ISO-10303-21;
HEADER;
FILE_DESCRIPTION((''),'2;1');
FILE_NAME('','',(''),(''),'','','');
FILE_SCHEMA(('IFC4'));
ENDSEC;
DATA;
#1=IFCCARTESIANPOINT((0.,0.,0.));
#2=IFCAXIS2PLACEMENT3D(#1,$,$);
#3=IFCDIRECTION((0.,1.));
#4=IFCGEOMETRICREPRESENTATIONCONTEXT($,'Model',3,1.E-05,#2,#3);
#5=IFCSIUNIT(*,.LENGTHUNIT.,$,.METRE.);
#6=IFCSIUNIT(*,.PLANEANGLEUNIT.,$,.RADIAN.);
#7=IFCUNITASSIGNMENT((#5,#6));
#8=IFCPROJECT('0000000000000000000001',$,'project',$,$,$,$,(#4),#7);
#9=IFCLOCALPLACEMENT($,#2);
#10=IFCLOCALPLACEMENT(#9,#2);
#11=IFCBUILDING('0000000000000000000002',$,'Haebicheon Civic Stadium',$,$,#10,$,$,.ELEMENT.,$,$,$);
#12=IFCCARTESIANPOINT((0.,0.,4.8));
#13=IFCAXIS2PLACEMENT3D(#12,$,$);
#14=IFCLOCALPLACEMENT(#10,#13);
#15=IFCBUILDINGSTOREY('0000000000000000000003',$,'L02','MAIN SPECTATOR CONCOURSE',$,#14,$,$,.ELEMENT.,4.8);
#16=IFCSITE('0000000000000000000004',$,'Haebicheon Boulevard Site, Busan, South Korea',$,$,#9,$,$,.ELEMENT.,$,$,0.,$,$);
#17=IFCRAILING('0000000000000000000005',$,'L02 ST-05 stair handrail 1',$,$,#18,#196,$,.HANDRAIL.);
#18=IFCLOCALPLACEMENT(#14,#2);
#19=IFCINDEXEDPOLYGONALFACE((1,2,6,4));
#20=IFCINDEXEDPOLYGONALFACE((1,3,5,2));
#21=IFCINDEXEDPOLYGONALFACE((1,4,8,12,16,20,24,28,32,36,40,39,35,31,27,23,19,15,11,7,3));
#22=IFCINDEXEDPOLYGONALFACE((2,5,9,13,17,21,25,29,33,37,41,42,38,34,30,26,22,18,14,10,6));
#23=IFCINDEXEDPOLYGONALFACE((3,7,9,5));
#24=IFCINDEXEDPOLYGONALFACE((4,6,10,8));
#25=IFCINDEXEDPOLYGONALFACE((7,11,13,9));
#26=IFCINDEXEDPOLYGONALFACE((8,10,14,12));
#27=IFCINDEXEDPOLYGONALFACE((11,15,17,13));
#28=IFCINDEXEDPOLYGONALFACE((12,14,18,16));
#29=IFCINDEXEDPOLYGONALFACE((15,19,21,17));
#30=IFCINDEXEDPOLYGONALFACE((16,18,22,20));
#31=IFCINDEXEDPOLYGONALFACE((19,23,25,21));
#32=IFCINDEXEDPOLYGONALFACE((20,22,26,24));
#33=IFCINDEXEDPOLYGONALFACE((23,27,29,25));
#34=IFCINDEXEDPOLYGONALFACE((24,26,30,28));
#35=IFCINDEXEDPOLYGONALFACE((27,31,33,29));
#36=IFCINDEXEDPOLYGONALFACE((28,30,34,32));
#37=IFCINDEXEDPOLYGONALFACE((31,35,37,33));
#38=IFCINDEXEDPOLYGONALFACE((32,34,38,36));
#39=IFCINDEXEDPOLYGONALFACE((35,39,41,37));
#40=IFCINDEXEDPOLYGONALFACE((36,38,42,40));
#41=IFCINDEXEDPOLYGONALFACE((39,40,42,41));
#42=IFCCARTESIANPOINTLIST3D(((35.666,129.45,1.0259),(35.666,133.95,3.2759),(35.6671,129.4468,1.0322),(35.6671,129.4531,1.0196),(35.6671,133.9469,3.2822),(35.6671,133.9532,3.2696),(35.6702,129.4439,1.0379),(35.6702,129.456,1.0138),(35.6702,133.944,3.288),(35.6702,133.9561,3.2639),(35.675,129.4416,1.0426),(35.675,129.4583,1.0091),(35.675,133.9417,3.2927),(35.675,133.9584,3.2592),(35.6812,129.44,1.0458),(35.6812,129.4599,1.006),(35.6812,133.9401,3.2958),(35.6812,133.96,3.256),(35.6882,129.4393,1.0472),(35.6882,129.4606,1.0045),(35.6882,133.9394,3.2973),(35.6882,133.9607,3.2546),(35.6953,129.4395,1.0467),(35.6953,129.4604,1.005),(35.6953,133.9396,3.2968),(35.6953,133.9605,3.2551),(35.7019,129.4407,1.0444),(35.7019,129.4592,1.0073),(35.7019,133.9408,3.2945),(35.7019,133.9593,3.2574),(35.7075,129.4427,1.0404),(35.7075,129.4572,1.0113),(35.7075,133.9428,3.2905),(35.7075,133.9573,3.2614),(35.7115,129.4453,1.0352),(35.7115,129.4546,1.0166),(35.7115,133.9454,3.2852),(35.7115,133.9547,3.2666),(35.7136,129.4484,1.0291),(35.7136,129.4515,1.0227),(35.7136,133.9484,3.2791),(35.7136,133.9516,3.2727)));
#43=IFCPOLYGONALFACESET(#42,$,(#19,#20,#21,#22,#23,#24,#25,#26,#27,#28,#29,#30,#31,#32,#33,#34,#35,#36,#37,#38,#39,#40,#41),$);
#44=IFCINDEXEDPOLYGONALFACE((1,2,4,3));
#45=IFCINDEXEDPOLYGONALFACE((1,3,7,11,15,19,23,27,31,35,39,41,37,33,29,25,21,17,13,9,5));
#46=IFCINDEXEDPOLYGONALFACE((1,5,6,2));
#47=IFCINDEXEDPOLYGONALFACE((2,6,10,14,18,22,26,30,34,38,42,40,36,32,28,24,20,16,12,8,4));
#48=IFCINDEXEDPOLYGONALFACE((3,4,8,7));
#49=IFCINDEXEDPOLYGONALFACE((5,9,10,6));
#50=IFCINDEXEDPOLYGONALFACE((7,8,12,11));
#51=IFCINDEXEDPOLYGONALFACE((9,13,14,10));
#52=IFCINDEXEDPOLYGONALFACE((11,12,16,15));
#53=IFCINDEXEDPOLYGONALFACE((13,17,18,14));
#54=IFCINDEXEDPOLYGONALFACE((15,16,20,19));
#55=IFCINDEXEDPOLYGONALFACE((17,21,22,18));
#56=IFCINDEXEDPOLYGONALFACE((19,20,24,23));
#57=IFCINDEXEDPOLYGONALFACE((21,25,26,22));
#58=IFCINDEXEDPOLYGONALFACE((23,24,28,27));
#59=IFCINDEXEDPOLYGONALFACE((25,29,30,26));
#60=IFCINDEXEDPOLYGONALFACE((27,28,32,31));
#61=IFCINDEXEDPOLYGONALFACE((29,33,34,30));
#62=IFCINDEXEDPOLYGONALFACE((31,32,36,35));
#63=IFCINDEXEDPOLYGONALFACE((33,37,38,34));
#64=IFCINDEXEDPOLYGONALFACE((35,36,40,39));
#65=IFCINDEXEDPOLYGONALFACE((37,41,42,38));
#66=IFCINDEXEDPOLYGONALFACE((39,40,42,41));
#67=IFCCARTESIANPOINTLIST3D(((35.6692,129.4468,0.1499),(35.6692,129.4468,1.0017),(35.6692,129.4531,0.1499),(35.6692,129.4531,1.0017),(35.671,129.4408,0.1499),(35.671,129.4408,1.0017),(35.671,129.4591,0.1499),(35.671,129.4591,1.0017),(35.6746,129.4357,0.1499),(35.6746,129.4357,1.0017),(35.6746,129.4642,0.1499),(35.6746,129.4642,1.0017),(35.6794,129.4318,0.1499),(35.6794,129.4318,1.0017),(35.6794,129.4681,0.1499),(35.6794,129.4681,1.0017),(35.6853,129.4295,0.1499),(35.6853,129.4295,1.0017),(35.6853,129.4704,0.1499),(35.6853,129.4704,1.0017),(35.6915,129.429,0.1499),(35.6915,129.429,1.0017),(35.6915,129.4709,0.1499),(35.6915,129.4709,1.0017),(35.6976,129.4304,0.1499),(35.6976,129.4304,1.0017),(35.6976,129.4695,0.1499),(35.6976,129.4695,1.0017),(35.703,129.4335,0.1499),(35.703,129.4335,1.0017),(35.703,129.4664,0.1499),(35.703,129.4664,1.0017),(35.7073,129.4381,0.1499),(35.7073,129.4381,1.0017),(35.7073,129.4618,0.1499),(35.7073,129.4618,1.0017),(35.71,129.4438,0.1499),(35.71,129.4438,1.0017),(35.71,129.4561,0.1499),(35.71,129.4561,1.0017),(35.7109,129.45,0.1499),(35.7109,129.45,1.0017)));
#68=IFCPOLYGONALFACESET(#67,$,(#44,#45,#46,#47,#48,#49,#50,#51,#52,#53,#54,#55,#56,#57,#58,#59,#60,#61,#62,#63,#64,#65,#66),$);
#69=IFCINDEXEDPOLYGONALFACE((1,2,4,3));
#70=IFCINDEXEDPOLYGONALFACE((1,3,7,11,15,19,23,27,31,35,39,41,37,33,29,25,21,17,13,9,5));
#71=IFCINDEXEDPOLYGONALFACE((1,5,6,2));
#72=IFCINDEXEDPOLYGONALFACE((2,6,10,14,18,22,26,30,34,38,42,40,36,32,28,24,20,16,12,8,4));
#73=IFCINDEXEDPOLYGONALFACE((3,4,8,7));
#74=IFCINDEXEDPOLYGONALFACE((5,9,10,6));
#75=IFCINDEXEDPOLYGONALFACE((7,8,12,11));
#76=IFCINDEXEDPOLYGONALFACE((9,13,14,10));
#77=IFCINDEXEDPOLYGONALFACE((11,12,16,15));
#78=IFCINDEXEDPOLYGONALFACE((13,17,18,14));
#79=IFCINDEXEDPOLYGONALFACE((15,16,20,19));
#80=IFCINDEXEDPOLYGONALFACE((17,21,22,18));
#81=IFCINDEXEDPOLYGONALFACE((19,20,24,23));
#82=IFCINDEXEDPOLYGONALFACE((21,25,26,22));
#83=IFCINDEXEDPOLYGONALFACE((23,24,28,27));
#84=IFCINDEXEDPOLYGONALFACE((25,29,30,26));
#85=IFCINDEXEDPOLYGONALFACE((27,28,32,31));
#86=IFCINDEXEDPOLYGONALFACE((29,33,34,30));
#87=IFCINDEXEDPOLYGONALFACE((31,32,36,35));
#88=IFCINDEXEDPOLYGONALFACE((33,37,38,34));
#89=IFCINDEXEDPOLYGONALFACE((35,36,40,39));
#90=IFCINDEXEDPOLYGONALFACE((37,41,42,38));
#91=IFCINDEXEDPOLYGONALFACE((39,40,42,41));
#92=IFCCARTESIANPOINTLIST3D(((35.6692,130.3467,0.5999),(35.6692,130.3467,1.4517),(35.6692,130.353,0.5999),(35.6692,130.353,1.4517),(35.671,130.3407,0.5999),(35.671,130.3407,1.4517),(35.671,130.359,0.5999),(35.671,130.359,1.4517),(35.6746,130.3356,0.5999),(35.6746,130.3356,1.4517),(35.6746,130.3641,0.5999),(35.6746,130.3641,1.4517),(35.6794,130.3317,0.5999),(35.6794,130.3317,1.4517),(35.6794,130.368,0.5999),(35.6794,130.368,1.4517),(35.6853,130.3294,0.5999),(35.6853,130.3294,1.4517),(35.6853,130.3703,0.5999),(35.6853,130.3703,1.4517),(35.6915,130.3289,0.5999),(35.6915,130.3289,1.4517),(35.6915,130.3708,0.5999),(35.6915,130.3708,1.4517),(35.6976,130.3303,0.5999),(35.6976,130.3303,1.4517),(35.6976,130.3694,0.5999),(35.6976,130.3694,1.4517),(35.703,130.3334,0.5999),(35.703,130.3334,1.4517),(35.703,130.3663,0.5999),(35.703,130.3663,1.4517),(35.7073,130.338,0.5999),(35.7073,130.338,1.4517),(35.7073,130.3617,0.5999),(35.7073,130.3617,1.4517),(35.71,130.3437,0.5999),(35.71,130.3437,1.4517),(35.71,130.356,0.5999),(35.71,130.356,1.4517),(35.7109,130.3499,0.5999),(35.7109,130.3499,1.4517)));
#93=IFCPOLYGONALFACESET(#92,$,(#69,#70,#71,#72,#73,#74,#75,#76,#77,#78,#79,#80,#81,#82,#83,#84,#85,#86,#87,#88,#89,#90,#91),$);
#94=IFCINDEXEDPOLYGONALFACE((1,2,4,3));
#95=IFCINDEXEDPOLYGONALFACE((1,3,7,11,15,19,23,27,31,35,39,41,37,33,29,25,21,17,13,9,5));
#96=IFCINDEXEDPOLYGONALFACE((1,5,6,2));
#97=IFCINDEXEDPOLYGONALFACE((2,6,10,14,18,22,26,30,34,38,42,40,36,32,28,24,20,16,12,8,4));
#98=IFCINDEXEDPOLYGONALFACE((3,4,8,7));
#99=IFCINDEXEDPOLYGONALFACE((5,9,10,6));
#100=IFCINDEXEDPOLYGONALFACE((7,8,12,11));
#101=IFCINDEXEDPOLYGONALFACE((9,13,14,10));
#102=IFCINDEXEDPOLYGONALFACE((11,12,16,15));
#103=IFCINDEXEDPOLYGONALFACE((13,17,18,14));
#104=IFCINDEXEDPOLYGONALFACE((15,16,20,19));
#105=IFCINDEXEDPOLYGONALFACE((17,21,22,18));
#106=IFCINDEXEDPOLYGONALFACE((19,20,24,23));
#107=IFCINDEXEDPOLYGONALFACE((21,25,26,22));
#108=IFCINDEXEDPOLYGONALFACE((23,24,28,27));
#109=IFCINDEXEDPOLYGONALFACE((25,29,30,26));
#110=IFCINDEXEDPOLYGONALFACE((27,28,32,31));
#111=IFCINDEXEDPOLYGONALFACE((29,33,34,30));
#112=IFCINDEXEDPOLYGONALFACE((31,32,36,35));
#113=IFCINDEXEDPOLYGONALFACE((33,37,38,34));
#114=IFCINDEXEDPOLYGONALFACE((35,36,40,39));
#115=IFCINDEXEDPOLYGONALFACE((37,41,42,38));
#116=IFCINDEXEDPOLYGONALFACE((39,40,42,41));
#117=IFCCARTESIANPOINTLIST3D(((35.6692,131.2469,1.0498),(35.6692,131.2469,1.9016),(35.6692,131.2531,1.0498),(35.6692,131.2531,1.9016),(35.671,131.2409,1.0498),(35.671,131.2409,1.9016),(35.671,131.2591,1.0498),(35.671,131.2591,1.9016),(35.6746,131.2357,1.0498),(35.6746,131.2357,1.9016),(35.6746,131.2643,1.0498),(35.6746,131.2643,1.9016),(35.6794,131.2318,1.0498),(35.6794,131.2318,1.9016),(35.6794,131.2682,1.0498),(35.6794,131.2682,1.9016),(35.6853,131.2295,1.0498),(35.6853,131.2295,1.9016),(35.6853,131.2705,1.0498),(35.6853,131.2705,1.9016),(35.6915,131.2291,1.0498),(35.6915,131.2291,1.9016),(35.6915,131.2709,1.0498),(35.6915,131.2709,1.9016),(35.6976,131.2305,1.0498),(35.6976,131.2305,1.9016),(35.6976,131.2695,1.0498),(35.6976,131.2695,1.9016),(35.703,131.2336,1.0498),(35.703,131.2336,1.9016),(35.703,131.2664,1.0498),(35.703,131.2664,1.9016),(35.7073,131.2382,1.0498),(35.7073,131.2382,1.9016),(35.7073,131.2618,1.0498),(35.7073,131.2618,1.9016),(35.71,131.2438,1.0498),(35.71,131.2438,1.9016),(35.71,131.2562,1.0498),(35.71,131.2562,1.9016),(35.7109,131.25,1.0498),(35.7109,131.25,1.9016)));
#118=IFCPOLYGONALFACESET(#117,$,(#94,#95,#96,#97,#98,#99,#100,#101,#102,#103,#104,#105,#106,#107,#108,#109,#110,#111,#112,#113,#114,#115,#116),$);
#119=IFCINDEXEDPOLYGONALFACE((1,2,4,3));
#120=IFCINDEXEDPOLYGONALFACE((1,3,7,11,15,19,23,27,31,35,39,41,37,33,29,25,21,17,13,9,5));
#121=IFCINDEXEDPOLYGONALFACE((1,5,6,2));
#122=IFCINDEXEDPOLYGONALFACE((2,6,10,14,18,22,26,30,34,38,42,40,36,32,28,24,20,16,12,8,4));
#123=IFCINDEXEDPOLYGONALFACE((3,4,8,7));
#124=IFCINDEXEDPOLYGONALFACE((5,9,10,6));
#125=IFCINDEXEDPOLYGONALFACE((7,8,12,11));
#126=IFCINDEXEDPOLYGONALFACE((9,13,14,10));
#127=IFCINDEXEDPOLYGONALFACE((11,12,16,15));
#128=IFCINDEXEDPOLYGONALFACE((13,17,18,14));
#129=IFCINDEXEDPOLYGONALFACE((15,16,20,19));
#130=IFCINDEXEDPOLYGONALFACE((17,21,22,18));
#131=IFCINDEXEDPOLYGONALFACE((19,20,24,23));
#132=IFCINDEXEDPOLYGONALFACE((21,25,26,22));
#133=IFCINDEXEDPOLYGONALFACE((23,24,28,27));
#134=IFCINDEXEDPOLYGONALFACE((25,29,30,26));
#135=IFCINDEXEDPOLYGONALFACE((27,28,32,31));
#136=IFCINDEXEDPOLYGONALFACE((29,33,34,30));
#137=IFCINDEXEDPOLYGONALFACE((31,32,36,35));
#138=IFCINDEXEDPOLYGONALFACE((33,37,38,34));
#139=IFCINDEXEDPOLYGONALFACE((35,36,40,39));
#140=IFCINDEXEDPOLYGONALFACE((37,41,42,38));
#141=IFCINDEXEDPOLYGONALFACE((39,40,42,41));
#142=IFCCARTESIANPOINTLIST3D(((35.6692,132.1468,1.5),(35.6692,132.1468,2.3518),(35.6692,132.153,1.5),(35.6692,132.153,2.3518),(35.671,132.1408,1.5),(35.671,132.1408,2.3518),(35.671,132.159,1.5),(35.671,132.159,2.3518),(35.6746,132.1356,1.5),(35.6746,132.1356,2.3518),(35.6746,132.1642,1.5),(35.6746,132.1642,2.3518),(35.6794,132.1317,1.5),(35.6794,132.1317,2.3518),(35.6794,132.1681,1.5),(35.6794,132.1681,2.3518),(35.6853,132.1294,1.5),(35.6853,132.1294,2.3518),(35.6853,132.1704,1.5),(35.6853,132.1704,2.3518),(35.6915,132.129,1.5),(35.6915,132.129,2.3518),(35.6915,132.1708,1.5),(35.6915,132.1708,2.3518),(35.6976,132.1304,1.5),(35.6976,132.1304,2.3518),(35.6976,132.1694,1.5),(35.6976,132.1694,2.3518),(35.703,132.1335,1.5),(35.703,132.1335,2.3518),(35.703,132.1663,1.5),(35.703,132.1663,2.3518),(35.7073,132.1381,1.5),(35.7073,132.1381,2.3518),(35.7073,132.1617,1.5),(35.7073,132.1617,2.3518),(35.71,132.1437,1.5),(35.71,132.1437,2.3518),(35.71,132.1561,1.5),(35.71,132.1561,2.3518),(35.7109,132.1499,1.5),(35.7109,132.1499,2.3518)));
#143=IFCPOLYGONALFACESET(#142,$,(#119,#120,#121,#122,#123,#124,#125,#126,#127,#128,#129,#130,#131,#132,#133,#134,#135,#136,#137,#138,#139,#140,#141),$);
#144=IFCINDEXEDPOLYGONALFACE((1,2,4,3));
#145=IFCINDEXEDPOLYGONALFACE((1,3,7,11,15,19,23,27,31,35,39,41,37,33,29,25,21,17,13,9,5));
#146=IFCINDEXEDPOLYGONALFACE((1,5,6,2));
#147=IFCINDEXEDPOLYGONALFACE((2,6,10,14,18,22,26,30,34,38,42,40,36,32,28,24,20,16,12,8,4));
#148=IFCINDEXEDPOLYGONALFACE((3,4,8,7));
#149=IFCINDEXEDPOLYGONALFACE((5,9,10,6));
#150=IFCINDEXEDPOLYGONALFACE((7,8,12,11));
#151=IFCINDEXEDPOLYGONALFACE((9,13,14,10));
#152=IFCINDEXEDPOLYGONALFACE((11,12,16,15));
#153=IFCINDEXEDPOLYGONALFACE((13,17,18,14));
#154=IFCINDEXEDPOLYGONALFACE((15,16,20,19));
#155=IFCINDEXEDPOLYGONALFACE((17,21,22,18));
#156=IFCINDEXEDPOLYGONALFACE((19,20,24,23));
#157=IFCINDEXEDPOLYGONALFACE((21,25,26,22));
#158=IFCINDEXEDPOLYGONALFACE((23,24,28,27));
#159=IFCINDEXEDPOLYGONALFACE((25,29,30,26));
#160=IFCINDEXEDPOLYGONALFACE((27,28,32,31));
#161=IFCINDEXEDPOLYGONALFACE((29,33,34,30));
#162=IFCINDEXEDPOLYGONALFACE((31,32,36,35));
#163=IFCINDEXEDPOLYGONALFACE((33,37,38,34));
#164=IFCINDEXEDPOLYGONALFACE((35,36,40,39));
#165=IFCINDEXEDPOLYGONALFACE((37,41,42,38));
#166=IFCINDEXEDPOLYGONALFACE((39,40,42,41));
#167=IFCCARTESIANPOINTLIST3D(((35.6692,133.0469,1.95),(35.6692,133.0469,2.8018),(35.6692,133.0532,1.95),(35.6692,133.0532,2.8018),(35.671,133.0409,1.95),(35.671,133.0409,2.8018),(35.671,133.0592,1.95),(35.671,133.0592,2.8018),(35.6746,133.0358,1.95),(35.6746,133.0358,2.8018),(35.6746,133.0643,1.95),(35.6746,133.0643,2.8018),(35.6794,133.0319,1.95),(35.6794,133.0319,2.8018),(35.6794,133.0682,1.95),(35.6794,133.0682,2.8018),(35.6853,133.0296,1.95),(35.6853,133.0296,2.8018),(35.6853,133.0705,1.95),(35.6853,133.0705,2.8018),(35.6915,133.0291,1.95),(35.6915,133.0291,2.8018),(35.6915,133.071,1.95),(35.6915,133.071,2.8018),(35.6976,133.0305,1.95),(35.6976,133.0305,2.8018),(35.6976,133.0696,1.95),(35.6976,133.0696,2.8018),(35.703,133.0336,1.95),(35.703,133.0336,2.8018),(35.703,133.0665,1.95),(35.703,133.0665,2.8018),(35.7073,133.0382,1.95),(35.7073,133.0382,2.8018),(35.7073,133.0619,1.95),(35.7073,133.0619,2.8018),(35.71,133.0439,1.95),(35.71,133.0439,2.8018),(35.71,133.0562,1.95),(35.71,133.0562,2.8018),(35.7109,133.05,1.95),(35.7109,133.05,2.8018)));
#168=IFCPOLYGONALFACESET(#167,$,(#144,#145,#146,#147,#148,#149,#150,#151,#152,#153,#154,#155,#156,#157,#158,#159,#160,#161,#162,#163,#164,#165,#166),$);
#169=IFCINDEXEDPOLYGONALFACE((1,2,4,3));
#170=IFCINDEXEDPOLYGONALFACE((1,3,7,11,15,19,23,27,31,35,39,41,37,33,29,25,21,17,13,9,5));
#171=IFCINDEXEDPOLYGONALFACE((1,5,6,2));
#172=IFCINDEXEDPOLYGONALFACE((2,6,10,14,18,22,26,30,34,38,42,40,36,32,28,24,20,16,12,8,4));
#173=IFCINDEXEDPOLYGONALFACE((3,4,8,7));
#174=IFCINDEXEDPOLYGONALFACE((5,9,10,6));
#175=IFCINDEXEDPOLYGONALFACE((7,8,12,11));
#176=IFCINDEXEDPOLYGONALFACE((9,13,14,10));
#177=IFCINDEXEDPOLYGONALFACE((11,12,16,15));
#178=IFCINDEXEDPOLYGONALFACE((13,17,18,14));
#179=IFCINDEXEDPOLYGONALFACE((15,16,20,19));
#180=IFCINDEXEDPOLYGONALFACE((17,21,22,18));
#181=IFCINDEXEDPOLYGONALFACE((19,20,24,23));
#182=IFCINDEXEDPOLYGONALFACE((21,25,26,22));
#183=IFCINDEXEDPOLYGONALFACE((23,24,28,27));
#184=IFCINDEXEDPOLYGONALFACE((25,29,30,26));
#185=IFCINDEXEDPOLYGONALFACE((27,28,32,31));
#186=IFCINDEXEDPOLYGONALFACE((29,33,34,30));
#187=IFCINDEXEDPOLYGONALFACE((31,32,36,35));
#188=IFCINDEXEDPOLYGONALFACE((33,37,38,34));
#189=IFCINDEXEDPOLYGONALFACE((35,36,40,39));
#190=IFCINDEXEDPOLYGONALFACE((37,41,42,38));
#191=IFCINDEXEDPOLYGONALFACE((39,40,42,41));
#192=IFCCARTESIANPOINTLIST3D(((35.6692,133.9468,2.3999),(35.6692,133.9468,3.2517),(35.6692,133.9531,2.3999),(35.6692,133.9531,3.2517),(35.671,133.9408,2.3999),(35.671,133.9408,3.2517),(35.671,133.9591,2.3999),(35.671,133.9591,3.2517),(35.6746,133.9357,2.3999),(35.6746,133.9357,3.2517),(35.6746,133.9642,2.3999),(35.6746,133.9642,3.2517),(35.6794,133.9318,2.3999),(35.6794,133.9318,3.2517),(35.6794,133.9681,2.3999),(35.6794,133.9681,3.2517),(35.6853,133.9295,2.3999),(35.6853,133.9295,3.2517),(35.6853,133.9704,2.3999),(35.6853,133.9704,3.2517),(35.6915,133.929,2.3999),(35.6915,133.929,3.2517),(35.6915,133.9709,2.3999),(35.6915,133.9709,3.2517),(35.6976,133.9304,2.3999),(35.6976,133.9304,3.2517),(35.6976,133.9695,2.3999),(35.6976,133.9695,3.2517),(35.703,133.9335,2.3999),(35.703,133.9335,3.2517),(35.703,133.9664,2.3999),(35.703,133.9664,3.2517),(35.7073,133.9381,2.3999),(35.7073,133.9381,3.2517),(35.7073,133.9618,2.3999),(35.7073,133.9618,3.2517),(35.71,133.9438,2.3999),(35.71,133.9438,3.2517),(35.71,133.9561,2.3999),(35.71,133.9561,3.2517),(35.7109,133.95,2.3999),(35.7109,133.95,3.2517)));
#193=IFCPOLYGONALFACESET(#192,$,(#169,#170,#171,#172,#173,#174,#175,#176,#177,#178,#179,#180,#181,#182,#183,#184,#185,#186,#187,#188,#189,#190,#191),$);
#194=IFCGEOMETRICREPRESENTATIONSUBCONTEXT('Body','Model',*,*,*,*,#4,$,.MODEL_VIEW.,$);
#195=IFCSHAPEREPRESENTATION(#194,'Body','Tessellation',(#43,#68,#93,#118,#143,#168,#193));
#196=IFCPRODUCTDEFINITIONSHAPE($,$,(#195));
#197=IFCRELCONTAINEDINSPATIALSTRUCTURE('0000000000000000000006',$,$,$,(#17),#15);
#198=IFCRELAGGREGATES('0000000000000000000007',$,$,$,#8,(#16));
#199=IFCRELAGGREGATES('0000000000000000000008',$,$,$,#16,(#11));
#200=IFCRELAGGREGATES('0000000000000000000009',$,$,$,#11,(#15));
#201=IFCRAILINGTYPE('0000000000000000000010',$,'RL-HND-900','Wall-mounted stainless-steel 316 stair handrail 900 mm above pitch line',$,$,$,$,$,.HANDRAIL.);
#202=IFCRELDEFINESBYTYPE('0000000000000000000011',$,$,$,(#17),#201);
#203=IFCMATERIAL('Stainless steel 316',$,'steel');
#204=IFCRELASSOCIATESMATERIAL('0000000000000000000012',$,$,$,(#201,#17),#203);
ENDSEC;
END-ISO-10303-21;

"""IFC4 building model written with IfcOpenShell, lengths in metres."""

from ifc_helpers import new_model, si_unit, direction, frame, origin, origin_2d, place, context, subcontext, project, spatial, circle, extrude, material, type_object, element, save


model = new_model("IFC4")

# Units and contexts
model_context = context("Model", 3, precision=1e-05, world=origin(), true_north=direction((0.0, 1.0)))
body_context = subcontext(model_context, "Body", "Model", "MODEL_VIEW")
ifc_project = project(units=[si_unit("LENGTHUNIT", "METRE"), si_unit("PLANEANGLEUNIT", "RADIAN")], contexts=[model_context])

# Site, building, storey
site_placement = place(None, origin())
site = spatial("IfcSite", under=ifc_project, at=site_placement, Name="Haebicheon Boulevard Site, Busan, South Korea", CompositionType="ELEMENT", RefElevation=0.0)
building_placement = place(site_placement, origin())
building = spatial("IfcBuilding", under=site, at=building_placement, Name="Haebicheon Civic Stadium", CompositionType="ELEMENT")
storey_placement = place(building_placement, frame((0.0, 0.0, 4.8)))
storey = spatial("IfcBuildingStorey", under=building, at=storey_placement, Name="L02", Description="MAIN SPECTATOR CONCOURSE", CompositionType="ELEMENT", Elevation=4.8)

# Railing
ifc_material_1 = material(Name="Stainless steel 316", Category="steel")
railing_type_1 = type_object("IfcRailingType", Name="RL-HND-900", Description="Wall-mounted stainless-steel 316 stair handrail 900 mm above pitch line", PredefinedType="HANDRAIL", material=ifc_material_1)
railing_1_placement = place(storey_placement, frame((35.6899, 129.45, 0.1499)))
element("IfcRailing", 1, at=railing_1_placement, inside=storey, type_object=railing_type_1, material=ifc_material_1, Name="L02 ST-05 stair handrail 1", PredefinedType="HANDRAIL", context=body_context, shape_type="SweptSolid", body=[
    extrude(circle(Radius=0.0239, at=origin_2d()), frame((0.0, 0.0, 0.876), z_axis=(0.0, 0.894427, 0.447214), x_axis=(-1.0, 0.0, 0.0)), (0.0, 0.0, 1.0), 5.0312),
    extrude(circle(Radius=0.021, at=origin_2d()), origin(), (0.0, 0.0, 1.0), 0.8518),
    extrude(circle(Radius=0.021, at=origin_2d()), frame((0.0, 0.8999, 0.45)), (0.0, 0.0, 1.0), 0.8518),
    extrude(circle(Radius=0.021, at=origin_2d()), frame((0.0, 1.8, 0.8999)), (0.0, 0.0, 1.0), 0.8518),
    extrude(circle(Radius=0.021, at=origin_2d()), frame((0.0, 2.7, 1.3501)), (0.0, 0.0, 1.0), 0.8518),
    extrude(circle(Radius=0.021, at=origin_2d()), frame((0.0, 3.6001, 1.8)), (0.0, 0.0, 1.0), 0.8518),
    extrude(circle(Radius=0.021, at=origin_2d()), frame((0.0, 4.5, 2.25)), (0.0, 0.0, 1.0), 0.8518),
])

save(model, "model.ifc")
